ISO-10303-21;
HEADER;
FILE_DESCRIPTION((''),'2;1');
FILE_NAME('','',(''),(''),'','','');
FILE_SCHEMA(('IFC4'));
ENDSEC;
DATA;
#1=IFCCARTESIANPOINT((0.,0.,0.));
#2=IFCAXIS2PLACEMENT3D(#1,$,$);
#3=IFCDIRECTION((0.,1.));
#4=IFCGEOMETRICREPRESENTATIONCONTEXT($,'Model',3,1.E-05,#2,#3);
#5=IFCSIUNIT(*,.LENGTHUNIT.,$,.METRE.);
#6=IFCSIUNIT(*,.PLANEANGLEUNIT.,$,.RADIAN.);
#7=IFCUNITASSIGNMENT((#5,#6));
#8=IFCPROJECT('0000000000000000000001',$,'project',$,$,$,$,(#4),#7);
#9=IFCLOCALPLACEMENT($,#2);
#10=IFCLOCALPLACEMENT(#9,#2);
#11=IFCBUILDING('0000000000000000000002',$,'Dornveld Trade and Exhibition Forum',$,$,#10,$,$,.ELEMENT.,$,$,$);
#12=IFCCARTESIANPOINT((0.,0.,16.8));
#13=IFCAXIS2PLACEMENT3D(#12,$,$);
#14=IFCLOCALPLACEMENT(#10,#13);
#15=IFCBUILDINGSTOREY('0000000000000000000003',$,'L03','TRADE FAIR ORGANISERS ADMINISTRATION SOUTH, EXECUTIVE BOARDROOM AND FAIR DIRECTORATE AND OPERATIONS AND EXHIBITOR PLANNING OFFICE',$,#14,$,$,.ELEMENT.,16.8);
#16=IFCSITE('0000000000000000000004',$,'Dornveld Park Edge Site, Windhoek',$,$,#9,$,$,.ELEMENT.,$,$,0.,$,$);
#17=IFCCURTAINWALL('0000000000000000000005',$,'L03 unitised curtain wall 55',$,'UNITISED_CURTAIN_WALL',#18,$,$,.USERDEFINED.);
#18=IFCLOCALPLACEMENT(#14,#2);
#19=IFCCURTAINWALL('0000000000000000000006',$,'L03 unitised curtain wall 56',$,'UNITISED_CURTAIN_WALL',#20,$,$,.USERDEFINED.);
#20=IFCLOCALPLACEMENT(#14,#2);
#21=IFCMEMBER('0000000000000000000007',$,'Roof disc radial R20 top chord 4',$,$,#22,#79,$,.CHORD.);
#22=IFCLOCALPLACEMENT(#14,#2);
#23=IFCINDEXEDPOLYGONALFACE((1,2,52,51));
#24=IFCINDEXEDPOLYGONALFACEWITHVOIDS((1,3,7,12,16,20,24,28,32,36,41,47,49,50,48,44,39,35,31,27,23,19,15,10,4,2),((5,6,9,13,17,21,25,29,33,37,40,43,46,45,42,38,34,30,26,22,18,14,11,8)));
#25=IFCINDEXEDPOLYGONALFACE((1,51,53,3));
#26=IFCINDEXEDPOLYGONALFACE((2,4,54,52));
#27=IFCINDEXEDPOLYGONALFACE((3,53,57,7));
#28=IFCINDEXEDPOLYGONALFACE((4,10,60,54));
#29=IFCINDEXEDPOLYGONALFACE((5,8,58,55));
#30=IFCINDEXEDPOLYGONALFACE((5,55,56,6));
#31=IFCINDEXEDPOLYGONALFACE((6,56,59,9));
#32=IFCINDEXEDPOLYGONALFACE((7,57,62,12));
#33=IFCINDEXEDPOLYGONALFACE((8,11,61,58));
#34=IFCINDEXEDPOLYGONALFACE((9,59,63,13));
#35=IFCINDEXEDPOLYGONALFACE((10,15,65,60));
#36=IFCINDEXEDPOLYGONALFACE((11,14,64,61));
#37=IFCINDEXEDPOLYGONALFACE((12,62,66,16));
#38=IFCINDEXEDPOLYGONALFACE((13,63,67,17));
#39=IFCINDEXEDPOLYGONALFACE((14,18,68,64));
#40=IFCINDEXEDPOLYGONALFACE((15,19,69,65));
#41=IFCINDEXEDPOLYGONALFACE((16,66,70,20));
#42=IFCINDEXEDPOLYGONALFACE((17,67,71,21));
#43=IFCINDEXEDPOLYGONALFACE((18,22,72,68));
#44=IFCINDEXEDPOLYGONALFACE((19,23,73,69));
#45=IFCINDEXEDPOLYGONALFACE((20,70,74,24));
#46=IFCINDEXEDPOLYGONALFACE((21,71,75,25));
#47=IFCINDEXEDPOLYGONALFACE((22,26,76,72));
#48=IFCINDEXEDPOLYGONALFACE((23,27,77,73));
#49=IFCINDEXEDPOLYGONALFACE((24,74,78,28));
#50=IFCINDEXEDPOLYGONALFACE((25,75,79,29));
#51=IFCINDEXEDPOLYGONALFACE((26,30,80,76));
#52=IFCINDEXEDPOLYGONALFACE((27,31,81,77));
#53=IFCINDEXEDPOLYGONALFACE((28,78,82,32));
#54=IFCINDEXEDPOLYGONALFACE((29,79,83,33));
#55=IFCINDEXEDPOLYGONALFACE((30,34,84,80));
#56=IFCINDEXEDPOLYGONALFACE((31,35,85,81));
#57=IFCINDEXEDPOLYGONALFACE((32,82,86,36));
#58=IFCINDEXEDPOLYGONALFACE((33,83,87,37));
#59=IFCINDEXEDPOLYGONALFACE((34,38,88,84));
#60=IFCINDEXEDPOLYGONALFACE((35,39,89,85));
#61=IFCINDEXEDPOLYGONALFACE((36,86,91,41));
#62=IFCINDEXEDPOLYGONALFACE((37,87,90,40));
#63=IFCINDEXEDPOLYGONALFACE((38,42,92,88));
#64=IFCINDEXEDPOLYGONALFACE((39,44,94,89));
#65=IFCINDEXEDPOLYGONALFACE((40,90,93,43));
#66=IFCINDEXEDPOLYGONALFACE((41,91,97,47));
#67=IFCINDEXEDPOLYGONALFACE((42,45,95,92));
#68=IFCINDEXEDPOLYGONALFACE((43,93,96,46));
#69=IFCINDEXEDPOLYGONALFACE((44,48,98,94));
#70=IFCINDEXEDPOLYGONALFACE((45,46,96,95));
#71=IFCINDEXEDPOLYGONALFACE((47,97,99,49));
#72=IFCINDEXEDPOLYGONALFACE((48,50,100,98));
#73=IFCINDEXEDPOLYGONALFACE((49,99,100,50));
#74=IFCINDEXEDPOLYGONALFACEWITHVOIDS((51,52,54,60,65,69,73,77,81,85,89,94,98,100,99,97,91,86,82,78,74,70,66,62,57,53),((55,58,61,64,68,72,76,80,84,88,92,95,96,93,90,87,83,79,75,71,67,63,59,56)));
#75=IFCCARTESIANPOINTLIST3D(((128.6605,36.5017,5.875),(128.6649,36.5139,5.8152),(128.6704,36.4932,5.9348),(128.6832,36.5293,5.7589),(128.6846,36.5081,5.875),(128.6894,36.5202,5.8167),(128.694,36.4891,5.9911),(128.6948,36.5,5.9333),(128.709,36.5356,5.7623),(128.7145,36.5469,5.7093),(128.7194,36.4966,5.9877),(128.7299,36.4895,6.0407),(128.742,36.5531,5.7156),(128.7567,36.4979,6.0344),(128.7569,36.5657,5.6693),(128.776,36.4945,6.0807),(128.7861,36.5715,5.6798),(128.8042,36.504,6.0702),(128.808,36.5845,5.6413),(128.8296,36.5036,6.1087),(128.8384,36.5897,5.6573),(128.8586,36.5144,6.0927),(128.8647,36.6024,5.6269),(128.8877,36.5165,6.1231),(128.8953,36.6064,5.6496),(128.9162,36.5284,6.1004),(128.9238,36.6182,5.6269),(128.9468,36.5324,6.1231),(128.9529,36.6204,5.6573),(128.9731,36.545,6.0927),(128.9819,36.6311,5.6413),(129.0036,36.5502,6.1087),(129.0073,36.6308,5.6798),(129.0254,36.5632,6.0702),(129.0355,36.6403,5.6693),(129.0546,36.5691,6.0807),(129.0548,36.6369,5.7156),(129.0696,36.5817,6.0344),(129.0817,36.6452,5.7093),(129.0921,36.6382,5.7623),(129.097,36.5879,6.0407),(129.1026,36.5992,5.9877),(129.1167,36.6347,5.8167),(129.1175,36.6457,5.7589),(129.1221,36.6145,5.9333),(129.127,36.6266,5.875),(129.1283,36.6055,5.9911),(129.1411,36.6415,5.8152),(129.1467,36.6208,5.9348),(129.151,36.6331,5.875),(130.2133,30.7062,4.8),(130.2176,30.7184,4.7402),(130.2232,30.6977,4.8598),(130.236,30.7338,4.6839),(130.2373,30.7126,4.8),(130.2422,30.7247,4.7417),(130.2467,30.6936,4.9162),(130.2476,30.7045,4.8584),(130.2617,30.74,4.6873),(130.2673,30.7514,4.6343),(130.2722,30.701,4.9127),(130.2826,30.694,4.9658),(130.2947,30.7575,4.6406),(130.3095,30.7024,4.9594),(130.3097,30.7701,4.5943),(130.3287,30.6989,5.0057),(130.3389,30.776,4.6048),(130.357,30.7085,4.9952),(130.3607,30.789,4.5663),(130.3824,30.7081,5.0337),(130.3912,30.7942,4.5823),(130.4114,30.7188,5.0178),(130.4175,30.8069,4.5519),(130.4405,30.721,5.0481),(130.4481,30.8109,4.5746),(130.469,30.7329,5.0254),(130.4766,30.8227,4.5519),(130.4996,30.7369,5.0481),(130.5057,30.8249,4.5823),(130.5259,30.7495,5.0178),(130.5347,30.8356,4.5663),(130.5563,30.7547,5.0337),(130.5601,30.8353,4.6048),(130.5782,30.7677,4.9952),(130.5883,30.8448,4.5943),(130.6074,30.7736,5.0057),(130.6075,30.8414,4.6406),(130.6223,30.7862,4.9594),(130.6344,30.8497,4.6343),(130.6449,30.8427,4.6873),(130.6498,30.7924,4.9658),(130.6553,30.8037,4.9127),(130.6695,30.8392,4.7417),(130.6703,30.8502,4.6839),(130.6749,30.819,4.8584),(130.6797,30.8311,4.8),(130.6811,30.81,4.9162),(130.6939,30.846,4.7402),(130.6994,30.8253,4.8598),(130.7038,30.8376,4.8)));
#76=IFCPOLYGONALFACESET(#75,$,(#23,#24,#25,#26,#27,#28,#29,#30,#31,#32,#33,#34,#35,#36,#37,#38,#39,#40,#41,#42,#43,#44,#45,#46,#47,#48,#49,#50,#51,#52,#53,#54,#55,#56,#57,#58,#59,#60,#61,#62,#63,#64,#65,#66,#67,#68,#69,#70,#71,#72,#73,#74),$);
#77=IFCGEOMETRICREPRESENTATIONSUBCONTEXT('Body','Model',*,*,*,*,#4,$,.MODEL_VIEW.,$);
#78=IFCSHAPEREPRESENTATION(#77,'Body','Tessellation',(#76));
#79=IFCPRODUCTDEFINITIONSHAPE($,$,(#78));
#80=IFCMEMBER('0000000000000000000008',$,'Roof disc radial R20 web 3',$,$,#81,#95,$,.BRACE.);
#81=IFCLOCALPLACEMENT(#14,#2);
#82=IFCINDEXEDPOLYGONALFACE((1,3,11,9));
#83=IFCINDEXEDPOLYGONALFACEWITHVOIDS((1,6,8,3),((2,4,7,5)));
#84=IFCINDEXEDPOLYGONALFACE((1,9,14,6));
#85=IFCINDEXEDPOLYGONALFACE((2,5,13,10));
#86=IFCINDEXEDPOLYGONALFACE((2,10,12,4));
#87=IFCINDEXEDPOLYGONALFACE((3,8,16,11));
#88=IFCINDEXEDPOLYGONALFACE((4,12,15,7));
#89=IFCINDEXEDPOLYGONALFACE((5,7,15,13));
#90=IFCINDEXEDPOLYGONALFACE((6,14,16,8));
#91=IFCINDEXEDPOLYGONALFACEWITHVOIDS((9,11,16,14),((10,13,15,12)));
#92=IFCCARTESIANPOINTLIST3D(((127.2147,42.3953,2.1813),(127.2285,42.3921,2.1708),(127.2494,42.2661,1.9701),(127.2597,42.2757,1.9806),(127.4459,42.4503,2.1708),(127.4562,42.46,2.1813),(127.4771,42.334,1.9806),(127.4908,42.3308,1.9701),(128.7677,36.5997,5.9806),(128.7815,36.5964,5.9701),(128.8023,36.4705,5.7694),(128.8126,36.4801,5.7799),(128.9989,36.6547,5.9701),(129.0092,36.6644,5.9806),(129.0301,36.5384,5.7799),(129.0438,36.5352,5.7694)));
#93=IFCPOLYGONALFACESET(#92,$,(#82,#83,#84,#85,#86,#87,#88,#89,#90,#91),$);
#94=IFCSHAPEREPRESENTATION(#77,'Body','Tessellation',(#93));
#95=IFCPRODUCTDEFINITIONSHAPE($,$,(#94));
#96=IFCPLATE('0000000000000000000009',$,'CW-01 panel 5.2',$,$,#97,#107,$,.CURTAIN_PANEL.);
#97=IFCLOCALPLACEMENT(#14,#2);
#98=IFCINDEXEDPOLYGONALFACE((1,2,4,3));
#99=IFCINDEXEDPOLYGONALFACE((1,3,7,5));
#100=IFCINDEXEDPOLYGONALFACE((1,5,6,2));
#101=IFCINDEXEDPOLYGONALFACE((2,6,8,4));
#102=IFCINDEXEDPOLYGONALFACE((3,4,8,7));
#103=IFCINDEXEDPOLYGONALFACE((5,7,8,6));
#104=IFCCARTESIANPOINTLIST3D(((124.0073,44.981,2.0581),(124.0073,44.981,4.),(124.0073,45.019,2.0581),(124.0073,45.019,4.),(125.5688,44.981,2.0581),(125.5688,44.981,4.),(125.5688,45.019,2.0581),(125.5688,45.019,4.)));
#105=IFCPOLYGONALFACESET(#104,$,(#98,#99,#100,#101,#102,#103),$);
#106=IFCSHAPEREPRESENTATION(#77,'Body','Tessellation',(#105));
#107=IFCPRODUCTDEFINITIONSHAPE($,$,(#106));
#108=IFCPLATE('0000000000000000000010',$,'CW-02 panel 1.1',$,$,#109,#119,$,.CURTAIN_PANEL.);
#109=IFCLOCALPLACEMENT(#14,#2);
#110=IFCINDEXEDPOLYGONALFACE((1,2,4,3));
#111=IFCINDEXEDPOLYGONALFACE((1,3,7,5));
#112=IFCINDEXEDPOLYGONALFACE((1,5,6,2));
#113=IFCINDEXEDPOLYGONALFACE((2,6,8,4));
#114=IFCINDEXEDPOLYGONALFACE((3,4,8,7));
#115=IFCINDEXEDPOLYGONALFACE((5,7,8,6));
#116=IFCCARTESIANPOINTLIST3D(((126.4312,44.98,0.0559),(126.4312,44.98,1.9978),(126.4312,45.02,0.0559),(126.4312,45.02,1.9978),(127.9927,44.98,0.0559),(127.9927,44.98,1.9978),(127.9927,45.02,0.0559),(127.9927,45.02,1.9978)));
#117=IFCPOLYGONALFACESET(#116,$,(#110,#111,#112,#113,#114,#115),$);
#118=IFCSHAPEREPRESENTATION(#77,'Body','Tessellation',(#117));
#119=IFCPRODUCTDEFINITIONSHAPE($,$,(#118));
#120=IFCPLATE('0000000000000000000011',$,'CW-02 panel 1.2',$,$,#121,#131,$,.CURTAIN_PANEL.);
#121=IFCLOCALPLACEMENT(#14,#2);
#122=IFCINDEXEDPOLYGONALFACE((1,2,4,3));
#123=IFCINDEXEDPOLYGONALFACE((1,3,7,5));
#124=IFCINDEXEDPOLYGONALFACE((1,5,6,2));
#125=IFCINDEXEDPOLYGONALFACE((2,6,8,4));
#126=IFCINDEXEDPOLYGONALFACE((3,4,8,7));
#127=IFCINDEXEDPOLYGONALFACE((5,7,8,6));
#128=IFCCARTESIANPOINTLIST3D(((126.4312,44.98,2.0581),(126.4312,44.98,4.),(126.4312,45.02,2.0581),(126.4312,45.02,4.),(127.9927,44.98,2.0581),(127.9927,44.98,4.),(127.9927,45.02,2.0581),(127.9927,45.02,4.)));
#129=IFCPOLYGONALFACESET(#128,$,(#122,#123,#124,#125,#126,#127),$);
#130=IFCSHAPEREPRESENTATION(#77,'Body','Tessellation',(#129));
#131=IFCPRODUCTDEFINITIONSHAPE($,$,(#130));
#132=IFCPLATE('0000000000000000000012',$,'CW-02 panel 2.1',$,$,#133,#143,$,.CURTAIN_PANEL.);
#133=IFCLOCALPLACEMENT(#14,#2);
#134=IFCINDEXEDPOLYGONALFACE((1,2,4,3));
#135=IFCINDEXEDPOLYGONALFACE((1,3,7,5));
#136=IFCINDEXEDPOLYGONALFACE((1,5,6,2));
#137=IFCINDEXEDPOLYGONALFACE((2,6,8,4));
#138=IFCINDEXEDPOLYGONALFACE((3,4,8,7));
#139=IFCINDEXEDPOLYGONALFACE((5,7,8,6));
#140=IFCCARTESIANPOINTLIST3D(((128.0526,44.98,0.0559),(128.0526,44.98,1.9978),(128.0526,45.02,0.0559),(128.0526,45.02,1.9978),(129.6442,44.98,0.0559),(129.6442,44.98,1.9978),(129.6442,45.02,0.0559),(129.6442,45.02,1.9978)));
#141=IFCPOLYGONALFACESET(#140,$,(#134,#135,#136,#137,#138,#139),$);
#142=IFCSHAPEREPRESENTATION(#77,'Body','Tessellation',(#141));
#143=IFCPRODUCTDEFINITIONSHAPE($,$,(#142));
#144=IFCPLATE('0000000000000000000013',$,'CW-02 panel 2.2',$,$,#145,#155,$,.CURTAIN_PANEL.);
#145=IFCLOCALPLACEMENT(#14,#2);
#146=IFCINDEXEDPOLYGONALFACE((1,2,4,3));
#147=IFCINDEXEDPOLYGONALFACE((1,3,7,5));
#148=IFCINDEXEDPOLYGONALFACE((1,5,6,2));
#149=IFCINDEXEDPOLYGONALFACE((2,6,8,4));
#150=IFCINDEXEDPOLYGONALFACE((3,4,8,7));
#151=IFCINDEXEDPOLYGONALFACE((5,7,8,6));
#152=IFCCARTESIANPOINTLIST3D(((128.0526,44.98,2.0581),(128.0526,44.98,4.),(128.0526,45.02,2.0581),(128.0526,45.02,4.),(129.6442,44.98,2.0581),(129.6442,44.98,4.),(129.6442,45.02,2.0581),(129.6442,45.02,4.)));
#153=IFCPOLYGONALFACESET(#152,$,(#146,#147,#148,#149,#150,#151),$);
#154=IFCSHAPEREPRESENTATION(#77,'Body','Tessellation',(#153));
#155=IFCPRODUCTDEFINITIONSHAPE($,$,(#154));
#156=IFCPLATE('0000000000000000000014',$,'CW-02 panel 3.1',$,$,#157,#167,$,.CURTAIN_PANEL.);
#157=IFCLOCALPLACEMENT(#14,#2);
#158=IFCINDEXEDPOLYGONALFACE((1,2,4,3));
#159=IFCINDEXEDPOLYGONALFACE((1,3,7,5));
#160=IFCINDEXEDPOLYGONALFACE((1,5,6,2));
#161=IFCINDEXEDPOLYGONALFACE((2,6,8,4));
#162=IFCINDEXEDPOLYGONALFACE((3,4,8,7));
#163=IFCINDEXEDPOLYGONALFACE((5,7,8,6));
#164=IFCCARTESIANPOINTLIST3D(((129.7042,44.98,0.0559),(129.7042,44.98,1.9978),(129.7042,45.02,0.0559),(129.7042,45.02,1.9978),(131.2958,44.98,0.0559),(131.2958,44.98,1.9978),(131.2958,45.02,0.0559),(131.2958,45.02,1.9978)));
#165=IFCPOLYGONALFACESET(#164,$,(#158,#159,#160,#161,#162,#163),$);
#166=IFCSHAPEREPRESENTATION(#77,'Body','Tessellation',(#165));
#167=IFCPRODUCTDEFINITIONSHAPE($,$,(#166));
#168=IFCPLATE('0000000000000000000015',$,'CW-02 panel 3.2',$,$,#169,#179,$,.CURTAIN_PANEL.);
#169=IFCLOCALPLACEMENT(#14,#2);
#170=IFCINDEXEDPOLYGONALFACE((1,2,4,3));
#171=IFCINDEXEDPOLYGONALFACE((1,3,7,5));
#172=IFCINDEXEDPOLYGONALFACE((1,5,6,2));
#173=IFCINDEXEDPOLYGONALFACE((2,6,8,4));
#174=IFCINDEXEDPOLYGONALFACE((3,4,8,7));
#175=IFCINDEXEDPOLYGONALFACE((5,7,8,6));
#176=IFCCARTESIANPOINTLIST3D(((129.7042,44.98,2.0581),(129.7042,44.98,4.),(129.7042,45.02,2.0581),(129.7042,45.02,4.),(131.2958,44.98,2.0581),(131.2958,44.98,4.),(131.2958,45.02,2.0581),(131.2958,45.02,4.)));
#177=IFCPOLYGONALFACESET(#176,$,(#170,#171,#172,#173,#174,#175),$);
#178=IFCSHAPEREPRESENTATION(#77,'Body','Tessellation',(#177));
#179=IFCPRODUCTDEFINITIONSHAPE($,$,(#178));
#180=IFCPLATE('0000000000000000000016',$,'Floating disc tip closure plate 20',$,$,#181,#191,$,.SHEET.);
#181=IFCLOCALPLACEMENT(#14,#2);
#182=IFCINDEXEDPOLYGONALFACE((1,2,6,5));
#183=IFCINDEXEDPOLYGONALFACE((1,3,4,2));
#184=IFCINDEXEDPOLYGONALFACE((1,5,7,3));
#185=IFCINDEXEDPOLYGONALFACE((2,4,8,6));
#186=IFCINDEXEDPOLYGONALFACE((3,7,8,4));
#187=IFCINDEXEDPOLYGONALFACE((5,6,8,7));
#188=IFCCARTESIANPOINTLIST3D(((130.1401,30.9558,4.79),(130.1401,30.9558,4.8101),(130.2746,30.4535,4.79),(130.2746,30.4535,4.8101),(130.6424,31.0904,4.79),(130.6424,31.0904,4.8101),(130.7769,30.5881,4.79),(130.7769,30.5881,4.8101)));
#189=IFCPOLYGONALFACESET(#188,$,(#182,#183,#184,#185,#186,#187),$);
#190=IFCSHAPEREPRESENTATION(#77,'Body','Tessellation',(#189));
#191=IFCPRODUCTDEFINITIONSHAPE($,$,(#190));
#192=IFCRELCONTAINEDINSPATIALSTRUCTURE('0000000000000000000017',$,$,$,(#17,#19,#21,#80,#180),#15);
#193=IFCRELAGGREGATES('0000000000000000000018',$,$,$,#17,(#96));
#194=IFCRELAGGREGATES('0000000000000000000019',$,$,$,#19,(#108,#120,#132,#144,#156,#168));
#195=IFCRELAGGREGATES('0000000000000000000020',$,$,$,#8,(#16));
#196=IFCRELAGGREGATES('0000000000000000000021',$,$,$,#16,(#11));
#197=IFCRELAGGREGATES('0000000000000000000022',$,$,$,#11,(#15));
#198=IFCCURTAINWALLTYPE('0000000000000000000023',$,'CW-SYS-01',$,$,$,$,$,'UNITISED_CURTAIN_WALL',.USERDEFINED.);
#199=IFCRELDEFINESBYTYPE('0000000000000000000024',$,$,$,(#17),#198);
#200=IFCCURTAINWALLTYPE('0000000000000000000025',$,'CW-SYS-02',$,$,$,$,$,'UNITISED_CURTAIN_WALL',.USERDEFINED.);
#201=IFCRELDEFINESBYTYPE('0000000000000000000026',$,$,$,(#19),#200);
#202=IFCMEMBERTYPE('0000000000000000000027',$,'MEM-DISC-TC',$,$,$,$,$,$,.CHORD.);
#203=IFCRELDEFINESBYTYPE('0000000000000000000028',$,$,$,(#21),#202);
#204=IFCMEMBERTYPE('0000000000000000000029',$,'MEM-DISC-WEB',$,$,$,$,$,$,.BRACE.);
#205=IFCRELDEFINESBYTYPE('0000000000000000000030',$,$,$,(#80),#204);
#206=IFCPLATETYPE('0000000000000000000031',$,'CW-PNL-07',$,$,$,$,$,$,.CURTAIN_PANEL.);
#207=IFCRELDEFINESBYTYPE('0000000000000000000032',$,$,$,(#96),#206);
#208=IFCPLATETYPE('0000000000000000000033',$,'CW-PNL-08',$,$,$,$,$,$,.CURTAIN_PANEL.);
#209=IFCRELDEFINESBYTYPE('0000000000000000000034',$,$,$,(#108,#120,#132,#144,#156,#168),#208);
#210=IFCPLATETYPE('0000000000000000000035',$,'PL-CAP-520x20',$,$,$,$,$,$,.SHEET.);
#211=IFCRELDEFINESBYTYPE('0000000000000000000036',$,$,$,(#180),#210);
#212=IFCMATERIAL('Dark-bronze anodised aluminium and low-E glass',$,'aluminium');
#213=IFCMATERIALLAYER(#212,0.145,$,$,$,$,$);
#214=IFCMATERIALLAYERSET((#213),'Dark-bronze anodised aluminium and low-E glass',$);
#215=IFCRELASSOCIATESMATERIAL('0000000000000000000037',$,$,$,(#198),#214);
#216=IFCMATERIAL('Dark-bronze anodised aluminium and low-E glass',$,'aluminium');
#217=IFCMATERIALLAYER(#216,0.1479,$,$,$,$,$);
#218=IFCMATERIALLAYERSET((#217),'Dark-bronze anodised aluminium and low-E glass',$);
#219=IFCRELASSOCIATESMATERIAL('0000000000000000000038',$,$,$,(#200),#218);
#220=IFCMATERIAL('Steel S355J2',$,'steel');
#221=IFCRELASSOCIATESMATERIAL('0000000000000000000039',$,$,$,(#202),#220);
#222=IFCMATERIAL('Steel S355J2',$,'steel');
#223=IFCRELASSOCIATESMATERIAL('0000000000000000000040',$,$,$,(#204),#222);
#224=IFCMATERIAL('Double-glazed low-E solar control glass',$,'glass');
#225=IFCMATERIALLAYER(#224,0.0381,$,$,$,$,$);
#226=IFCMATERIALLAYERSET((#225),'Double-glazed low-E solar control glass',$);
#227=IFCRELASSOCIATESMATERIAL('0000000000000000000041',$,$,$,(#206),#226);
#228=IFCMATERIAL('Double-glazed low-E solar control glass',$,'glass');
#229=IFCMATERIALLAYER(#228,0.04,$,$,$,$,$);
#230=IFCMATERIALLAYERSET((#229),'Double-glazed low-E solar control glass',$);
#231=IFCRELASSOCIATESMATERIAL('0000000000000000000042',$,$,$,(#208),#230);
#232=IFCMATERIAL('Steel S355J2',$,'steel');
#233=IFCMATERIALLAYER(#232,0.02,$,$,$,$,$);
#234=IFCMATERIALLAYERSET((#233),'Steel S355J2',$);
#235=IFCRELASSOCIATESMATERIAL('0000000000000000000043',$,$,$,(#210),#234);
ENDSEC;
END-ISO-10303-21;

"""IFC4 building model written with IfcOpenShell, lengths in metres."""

from ifc_helpers import new_model, si_unit, direction, frame, origin, origin_2d, place, context, subcontext, project, spatial, rectangle, hollow_rectangle, hollow_circle, extrude, material, layer, layer_set, material_profile, profile_set, type_object, element, aggregate, save


model = new_model("IFC4")

# Units and contexts
model_context = context("Model", 3, precision=1e-05, world=origin(), true_north=direction((0.0, 1.0)))
body_context = subcontext(model_context, "Body", "Model", "MODEL_VIEW")
ifc_project = project(units=[si_unit("LENGTHUNIT", "METRE"), si_unit("PLANEANGLEUNIT", "RADIAN")], contexts=[model_context])

# Site, building, storey
site_placement = place(None, origin())
site = spatial("IfcSite", under=ifc_project, at=site_placement, Name="Dornveld Park Edge Site, Windhoek", CompositionType="ELEMENT", RefElevation=0.0)
building_placement = place(site_placement, origin())
building = spatial("IfcBuilding", under=site, at=building_placement, Name="Dornveld Trade and Exhibition Forum", CompositionType="ELEMENT")
storey_placement = place(building_placement, frame((0.0, 0.0, 16.8)))
storey = spatial("IfcBuildingStorey", under=building, at=storey_placement, Name="L03", Description="TRADE FAIR ORGANISERS ADMINISTRATION SOUTH, EXECUTIVE BOARDROOM AND FAIR DIRECTORATE AND OPERATIONS AND EXHIBITOR PLANNING OFFICE", CompositionType="ELEMENT", Elevation=16.8)

# Curtain wall
ifc_material_1 = material(Name="Dark-bronze anodised aluminium and low-E glass", Category="aluminium")
ifc_layer_1 = layer(ifc_material_1, 0.145)
ifc_layer_set_1 = layer_set([ifc_layer_1], Name="Dark-bronze anodised aluminium and low-E glass")
curtain_wall_type_1 = type_object("IfcCurtainWallType", Name="CW-SYS-01", ElementType="UNITISED_CURTAIN_WALL", PredefinedType="USERDEFINED", material=ifc_layer_set_1)
curtain_wall_1_placement = place(storey_placement, origin())
curtain_wall_1 = element("IfcCurtainWall", 1, at=curtain_wall_1_placement, inside=storey, type_object=curtain_wall_type_1, Name="L03 unitised curtain wall 55", ObjectType="UNITISED_CURTAIN_WALL", PredefinedType="USERDEFINED")

# Curtain wall
ifc_material_2 = material(Name="Dark-bronze anodised aluminium and low-E glass", Category="aluminium")
ifc_layer_2 = layer(ifc_material_2, 0.1479)
ifc_layer_set_2 = layer_set([ifc_layer_2], Name="Dark-bronze anodised aluminium and low-E glass")
curtain_wall_type_2 = type_object("IfcCurtainWallType", Name="CW-SYS-02", ElementType="UNITISED_CURTAIN_WALL", PredefinedType="USERDEFINED", material=ifc_layer_set_2)
curtain_wall_2_placement = place(storey_placement, origin())
curtain_wall_2 = element("IfcCurtainWall", 2, at=curtain_wall_2_placement, inside=storey, type_object=curtain_wall_type_2, Name="L03 unitised curtain wall 56", ObjectType="UNITISED_CURTAIN_WALL", PredefinedType="USERDEFINED")

# Members
ifc_material_3 = material(Name="Steel S355J2", Category="steel")
ifc_material_profile_1 = material_profile(ifc_material_3, hollow_circle(Radius=0.2539, WallThickness=0.0249, at=origin_2d()), Name="CHS 508x25")
ifc_profile_set_1 = profile_set([ifc_material_profile_1], Name="Steel S355J2")
member_type_1 = type_object("IfcMemberType", Name="MEM-DISC-TC", PredefinedType="CHORD", material=ifc_profile_set_1)
member_1_placement = place(storey_placement, frame((128.9058, 36.5674, 5.875), z_axis=(0.254741, -0.950792, -0.176356), x_axis=(0.965932, 0.258797, 0.0)))
element("IfcMember", 3, at=member_1_placement, inside=storey, type_object=member_type_1, Name="Roof disc radial R20 top chord 4", PredefinedType="CHORD", context=body_context, shape_type="SweptSolid", body=[
    extrude(hollow_circle(Radius=0.2539, WallThickness=0.0249, at=origin_2d()), origin(), (0.0, 0.0, 1.0), 6.0955),
])
ifc_material_4 = material(Name="Steel S355J2", Category="steel")
ifc_material_profile_2 = material_profile(ifc_material_4, hollow_rectangle(XDim=0.25, YDim=0.25, WallThickness=0.0125, at=origin_2d()), Name="SHS 250x250x12.5")
ifc_profile_set_2 = profile_set([ifc_material_profile_2], Name="Steel S355J2")
member_type_2 = type_object("IfcMemberType", Name="MEM-DISC-WEB", PredefinedType="BRACE", material=ifc_profile_set_2)
member_2_placement = place(storey_placement, frame((127.3528, 42.363, 2.0757), z_axis=(0.218673, -0.816078, 0.534976), x_axis=(0.965924, 0.258825, 0.0)))
element("IfcMember", 4, at=member_2_placement, inside=storey, type_object=member_type_2, Name="Roof disc radial R20 web 3", PredefinedType="BRACE", context=body_context, shape_type="SweptSolid", body=[
    extrude(hollow_rectangle(XDim=0.25, YDim=0.25, WallThickness=0.0125, at=origin_2d()), origin(), (0.0, 0.0, 1.0), 7.1018),
])

# Plates
ifc_material_5 = material(Name="Double-glazed low-E solar control glass", Category="glass")
ifc_layer_3 = layer(ifc_material_5, 0.0381)
ifc_layer_set_3 = layer_set([ifc_layer_3], Name="Double-glazed low-E solar control glass")
plate_type_1 = type_object("IfcPlateType", Name="CW-PNL-07", PredefinedType="CURTAIN_PANEL", material=ifc_layer_set_3)
plate_1_placement = place(storey_placement, frame((124.7881, 45.0, 2.0581), z_axis=(0.0, 0.0, 1.0), x_axis=(1.0, 0.0, 0.0)))
plate_1 = element("IfcPlate", 5, at=plate_1_placement, type_object=plate_type_1, Name="CW-01 panel 5.2", PredefinedType="CURTAIN_PANEL", context=body_context, shape_type="SweptSolid", body=[
    extrude(rectangle(XDim=1.5615, YDim=0.0381, at=origin_2d()), origin(), (0.0, 0.0, 1.0), 1.9419),
])
aggregate(curtain_wall_1, [plate_1])
ifc_material_6 = material(Name="Double-glazed low-E solar control glass", Category="glass")
ifc_layer_4 = layer(ifc_material_6, 0.04)
ifc_layer_set_4 = layer_set([ifc_layer_4], Name="Double-glazed low-E solar control glass")
plate_type_2 = type_object("IfcPlateType", Name="CW-PNL-08", PredefinedType="CURTAIN_PANEL", material=ifc_layer_set_4)
plate_2_placement = place(storey_placement, frame((127.2119, 45.0, 0.0559), z_axis=(0.0, 0.0, 1.0), x_axis=(1.0, 0.0, 0.0)))
plate_2 = element("IfcPlate", 6, at=plate_2_placement, type_object=plate_type_2, Name="CW-02 panel 1.1", PredefinedType="CURTAIN_PANEL", context=body_context, shape_type="SweptSolid", body=[
    extrude(rectangle(XDim=1.5615, YDim=0.04, at=origin_2d()), origin(), (0.0, 0.0, 1.0), 1.9419),
])
plate_3_placement = place(storey_placement, frame((127.2119, 45.0, 2.0581), z_axis=(0.0, 0.0, 1.0), x_axis=(1.0, 0.0, 0.0)))
plate_3 = element("IfcPlate", 7, at=plate_3_placement, type_object=plate_type_2, Name="CW-02 panel 1.2", PredefinedType="CURTAIN_PANEL", context=body_context, shape_type="SweptSolid", body=[
    extrude(rectangle(XDim=1.5615, YDim=0.04, at=origin_2d()), origin(), (0.0, 0.0, 1.0), 1.9419),
])
plate_4_placement = place(storey_placement, frame((128.8484, 45.0, 0.0559), z_axis=(0.0, 0.0, 1.0), x_axis=(1.0, 0.0, 0.0)))
plate_4 = element("IfcPlate", 8, at=plate_4_placement, type_object=plate_type_2, Name="CW-02 panel 2.1", PredefinedType="CURTAIN_PANEL", context=body_context, shape_type="SweptSolid", body=[
    extrude(rectangle(XDim=1.5916, YDim=0.04, at=origin_2d()), origin(), (0.0, 0.0, 1.0), 1.9419),
])
plate_5_placement = place(storey_placement, frame((128.8484, 45.0, 2.0581), z_axis=(0.0, 0.0, 1.0), x_axis=(1.0, 0.0, 0.0)))
plate_5 = element("IfcPlate", 9, at=plate_5_placement, type_object=plate_type_2, Name="CW-02 panel 2.2", PredefinedType="CURTAIN_PANEL", context=body_context, shape_type="SweptSolid", body=[
    extrude(rectangle(XDim=1.5916, YDim=0.04, at=origin_2d()), origin(), (0.0, 0.0, 1.0), 1.9419),
])
plate_6_placement = place(storey_placement, frame((130.5, 45.0, 0.0559), z_axis=(0.0, 0.0, 1.0), x_axis=(1.0, 0.0, 0.0)))
plate_6 = element("IfcPlate", 10, at=plate_6_placement, type_object=plate_type_2, Name="CW-02 panel 3.1", PredefinedType="CURTAIN_PANEL", context=body_context, shape_type="SweptSolid", body=[
    extrude(rectangle(XDim=1.5916, YDim=0.04, at=origin_2d()), origin(), (0.0, 0.0, 1.0), 1.9419),
])
plate_7_placement = place(storey_placement, frame((130.5, 45.0, 2.0581), z_axis=(0.0, 0.0, 1.0), x_axis=(1.0, 0.0, 0.0)))
plate_7 = element("IfcPlate", 11, at=plate_7_placement, type_object=plate_type_2, Name="CW-02 panel 3.2", PredefinedType="CURTAIN_PANEL", context=body_context, shape_type="SweptSolid", body=[
    extrude(rectangle(XDim=1.5916, YDim=0.04, at=origin_2d()), origin(), (0.0, 0.0, 1.0), 1.9419),
])
aggregate(curtain_wall_2, [plate_2, plate_3, plate_4, plate_5, plate_6, plate_7])

# Plate
ifc_material_7 = material(Name="Steel S355J2", Category="steel")
ifc_layer_5 = layer(ifc_material_7, 0.02)
ifc_layer_set_5 = layer_set([ifc_layer_5], Name="Steel S355J2")
plate_type_3 = type_object("IfcPlateType", Name="PL-CAP-520x20", PredefinedType="SHEET", material=ifc_layer_set_5)
plate_8_placement = place(storey_placement, frame((130.4585, 30.772, 4.79), z_axis=(0.0, 0.0, 1.0), x_axis=(0.258819, -0.965926, 0.0)))
element("IfcPlate", 12, at=plate_8_placement, inside=storey, type_object=plate_type_3, Name="Floating disc tip closure plate 20", PredefinedType="SHEET", context=body_context, shape_type="SweptSolid", body=[
    extrude(rectangle(XDim=0.52, YDim=0.52, at=origin_2d()), origin(), (0.0, 0.0, 1.0), 0.02),
])

save(model, "model.ifc")
